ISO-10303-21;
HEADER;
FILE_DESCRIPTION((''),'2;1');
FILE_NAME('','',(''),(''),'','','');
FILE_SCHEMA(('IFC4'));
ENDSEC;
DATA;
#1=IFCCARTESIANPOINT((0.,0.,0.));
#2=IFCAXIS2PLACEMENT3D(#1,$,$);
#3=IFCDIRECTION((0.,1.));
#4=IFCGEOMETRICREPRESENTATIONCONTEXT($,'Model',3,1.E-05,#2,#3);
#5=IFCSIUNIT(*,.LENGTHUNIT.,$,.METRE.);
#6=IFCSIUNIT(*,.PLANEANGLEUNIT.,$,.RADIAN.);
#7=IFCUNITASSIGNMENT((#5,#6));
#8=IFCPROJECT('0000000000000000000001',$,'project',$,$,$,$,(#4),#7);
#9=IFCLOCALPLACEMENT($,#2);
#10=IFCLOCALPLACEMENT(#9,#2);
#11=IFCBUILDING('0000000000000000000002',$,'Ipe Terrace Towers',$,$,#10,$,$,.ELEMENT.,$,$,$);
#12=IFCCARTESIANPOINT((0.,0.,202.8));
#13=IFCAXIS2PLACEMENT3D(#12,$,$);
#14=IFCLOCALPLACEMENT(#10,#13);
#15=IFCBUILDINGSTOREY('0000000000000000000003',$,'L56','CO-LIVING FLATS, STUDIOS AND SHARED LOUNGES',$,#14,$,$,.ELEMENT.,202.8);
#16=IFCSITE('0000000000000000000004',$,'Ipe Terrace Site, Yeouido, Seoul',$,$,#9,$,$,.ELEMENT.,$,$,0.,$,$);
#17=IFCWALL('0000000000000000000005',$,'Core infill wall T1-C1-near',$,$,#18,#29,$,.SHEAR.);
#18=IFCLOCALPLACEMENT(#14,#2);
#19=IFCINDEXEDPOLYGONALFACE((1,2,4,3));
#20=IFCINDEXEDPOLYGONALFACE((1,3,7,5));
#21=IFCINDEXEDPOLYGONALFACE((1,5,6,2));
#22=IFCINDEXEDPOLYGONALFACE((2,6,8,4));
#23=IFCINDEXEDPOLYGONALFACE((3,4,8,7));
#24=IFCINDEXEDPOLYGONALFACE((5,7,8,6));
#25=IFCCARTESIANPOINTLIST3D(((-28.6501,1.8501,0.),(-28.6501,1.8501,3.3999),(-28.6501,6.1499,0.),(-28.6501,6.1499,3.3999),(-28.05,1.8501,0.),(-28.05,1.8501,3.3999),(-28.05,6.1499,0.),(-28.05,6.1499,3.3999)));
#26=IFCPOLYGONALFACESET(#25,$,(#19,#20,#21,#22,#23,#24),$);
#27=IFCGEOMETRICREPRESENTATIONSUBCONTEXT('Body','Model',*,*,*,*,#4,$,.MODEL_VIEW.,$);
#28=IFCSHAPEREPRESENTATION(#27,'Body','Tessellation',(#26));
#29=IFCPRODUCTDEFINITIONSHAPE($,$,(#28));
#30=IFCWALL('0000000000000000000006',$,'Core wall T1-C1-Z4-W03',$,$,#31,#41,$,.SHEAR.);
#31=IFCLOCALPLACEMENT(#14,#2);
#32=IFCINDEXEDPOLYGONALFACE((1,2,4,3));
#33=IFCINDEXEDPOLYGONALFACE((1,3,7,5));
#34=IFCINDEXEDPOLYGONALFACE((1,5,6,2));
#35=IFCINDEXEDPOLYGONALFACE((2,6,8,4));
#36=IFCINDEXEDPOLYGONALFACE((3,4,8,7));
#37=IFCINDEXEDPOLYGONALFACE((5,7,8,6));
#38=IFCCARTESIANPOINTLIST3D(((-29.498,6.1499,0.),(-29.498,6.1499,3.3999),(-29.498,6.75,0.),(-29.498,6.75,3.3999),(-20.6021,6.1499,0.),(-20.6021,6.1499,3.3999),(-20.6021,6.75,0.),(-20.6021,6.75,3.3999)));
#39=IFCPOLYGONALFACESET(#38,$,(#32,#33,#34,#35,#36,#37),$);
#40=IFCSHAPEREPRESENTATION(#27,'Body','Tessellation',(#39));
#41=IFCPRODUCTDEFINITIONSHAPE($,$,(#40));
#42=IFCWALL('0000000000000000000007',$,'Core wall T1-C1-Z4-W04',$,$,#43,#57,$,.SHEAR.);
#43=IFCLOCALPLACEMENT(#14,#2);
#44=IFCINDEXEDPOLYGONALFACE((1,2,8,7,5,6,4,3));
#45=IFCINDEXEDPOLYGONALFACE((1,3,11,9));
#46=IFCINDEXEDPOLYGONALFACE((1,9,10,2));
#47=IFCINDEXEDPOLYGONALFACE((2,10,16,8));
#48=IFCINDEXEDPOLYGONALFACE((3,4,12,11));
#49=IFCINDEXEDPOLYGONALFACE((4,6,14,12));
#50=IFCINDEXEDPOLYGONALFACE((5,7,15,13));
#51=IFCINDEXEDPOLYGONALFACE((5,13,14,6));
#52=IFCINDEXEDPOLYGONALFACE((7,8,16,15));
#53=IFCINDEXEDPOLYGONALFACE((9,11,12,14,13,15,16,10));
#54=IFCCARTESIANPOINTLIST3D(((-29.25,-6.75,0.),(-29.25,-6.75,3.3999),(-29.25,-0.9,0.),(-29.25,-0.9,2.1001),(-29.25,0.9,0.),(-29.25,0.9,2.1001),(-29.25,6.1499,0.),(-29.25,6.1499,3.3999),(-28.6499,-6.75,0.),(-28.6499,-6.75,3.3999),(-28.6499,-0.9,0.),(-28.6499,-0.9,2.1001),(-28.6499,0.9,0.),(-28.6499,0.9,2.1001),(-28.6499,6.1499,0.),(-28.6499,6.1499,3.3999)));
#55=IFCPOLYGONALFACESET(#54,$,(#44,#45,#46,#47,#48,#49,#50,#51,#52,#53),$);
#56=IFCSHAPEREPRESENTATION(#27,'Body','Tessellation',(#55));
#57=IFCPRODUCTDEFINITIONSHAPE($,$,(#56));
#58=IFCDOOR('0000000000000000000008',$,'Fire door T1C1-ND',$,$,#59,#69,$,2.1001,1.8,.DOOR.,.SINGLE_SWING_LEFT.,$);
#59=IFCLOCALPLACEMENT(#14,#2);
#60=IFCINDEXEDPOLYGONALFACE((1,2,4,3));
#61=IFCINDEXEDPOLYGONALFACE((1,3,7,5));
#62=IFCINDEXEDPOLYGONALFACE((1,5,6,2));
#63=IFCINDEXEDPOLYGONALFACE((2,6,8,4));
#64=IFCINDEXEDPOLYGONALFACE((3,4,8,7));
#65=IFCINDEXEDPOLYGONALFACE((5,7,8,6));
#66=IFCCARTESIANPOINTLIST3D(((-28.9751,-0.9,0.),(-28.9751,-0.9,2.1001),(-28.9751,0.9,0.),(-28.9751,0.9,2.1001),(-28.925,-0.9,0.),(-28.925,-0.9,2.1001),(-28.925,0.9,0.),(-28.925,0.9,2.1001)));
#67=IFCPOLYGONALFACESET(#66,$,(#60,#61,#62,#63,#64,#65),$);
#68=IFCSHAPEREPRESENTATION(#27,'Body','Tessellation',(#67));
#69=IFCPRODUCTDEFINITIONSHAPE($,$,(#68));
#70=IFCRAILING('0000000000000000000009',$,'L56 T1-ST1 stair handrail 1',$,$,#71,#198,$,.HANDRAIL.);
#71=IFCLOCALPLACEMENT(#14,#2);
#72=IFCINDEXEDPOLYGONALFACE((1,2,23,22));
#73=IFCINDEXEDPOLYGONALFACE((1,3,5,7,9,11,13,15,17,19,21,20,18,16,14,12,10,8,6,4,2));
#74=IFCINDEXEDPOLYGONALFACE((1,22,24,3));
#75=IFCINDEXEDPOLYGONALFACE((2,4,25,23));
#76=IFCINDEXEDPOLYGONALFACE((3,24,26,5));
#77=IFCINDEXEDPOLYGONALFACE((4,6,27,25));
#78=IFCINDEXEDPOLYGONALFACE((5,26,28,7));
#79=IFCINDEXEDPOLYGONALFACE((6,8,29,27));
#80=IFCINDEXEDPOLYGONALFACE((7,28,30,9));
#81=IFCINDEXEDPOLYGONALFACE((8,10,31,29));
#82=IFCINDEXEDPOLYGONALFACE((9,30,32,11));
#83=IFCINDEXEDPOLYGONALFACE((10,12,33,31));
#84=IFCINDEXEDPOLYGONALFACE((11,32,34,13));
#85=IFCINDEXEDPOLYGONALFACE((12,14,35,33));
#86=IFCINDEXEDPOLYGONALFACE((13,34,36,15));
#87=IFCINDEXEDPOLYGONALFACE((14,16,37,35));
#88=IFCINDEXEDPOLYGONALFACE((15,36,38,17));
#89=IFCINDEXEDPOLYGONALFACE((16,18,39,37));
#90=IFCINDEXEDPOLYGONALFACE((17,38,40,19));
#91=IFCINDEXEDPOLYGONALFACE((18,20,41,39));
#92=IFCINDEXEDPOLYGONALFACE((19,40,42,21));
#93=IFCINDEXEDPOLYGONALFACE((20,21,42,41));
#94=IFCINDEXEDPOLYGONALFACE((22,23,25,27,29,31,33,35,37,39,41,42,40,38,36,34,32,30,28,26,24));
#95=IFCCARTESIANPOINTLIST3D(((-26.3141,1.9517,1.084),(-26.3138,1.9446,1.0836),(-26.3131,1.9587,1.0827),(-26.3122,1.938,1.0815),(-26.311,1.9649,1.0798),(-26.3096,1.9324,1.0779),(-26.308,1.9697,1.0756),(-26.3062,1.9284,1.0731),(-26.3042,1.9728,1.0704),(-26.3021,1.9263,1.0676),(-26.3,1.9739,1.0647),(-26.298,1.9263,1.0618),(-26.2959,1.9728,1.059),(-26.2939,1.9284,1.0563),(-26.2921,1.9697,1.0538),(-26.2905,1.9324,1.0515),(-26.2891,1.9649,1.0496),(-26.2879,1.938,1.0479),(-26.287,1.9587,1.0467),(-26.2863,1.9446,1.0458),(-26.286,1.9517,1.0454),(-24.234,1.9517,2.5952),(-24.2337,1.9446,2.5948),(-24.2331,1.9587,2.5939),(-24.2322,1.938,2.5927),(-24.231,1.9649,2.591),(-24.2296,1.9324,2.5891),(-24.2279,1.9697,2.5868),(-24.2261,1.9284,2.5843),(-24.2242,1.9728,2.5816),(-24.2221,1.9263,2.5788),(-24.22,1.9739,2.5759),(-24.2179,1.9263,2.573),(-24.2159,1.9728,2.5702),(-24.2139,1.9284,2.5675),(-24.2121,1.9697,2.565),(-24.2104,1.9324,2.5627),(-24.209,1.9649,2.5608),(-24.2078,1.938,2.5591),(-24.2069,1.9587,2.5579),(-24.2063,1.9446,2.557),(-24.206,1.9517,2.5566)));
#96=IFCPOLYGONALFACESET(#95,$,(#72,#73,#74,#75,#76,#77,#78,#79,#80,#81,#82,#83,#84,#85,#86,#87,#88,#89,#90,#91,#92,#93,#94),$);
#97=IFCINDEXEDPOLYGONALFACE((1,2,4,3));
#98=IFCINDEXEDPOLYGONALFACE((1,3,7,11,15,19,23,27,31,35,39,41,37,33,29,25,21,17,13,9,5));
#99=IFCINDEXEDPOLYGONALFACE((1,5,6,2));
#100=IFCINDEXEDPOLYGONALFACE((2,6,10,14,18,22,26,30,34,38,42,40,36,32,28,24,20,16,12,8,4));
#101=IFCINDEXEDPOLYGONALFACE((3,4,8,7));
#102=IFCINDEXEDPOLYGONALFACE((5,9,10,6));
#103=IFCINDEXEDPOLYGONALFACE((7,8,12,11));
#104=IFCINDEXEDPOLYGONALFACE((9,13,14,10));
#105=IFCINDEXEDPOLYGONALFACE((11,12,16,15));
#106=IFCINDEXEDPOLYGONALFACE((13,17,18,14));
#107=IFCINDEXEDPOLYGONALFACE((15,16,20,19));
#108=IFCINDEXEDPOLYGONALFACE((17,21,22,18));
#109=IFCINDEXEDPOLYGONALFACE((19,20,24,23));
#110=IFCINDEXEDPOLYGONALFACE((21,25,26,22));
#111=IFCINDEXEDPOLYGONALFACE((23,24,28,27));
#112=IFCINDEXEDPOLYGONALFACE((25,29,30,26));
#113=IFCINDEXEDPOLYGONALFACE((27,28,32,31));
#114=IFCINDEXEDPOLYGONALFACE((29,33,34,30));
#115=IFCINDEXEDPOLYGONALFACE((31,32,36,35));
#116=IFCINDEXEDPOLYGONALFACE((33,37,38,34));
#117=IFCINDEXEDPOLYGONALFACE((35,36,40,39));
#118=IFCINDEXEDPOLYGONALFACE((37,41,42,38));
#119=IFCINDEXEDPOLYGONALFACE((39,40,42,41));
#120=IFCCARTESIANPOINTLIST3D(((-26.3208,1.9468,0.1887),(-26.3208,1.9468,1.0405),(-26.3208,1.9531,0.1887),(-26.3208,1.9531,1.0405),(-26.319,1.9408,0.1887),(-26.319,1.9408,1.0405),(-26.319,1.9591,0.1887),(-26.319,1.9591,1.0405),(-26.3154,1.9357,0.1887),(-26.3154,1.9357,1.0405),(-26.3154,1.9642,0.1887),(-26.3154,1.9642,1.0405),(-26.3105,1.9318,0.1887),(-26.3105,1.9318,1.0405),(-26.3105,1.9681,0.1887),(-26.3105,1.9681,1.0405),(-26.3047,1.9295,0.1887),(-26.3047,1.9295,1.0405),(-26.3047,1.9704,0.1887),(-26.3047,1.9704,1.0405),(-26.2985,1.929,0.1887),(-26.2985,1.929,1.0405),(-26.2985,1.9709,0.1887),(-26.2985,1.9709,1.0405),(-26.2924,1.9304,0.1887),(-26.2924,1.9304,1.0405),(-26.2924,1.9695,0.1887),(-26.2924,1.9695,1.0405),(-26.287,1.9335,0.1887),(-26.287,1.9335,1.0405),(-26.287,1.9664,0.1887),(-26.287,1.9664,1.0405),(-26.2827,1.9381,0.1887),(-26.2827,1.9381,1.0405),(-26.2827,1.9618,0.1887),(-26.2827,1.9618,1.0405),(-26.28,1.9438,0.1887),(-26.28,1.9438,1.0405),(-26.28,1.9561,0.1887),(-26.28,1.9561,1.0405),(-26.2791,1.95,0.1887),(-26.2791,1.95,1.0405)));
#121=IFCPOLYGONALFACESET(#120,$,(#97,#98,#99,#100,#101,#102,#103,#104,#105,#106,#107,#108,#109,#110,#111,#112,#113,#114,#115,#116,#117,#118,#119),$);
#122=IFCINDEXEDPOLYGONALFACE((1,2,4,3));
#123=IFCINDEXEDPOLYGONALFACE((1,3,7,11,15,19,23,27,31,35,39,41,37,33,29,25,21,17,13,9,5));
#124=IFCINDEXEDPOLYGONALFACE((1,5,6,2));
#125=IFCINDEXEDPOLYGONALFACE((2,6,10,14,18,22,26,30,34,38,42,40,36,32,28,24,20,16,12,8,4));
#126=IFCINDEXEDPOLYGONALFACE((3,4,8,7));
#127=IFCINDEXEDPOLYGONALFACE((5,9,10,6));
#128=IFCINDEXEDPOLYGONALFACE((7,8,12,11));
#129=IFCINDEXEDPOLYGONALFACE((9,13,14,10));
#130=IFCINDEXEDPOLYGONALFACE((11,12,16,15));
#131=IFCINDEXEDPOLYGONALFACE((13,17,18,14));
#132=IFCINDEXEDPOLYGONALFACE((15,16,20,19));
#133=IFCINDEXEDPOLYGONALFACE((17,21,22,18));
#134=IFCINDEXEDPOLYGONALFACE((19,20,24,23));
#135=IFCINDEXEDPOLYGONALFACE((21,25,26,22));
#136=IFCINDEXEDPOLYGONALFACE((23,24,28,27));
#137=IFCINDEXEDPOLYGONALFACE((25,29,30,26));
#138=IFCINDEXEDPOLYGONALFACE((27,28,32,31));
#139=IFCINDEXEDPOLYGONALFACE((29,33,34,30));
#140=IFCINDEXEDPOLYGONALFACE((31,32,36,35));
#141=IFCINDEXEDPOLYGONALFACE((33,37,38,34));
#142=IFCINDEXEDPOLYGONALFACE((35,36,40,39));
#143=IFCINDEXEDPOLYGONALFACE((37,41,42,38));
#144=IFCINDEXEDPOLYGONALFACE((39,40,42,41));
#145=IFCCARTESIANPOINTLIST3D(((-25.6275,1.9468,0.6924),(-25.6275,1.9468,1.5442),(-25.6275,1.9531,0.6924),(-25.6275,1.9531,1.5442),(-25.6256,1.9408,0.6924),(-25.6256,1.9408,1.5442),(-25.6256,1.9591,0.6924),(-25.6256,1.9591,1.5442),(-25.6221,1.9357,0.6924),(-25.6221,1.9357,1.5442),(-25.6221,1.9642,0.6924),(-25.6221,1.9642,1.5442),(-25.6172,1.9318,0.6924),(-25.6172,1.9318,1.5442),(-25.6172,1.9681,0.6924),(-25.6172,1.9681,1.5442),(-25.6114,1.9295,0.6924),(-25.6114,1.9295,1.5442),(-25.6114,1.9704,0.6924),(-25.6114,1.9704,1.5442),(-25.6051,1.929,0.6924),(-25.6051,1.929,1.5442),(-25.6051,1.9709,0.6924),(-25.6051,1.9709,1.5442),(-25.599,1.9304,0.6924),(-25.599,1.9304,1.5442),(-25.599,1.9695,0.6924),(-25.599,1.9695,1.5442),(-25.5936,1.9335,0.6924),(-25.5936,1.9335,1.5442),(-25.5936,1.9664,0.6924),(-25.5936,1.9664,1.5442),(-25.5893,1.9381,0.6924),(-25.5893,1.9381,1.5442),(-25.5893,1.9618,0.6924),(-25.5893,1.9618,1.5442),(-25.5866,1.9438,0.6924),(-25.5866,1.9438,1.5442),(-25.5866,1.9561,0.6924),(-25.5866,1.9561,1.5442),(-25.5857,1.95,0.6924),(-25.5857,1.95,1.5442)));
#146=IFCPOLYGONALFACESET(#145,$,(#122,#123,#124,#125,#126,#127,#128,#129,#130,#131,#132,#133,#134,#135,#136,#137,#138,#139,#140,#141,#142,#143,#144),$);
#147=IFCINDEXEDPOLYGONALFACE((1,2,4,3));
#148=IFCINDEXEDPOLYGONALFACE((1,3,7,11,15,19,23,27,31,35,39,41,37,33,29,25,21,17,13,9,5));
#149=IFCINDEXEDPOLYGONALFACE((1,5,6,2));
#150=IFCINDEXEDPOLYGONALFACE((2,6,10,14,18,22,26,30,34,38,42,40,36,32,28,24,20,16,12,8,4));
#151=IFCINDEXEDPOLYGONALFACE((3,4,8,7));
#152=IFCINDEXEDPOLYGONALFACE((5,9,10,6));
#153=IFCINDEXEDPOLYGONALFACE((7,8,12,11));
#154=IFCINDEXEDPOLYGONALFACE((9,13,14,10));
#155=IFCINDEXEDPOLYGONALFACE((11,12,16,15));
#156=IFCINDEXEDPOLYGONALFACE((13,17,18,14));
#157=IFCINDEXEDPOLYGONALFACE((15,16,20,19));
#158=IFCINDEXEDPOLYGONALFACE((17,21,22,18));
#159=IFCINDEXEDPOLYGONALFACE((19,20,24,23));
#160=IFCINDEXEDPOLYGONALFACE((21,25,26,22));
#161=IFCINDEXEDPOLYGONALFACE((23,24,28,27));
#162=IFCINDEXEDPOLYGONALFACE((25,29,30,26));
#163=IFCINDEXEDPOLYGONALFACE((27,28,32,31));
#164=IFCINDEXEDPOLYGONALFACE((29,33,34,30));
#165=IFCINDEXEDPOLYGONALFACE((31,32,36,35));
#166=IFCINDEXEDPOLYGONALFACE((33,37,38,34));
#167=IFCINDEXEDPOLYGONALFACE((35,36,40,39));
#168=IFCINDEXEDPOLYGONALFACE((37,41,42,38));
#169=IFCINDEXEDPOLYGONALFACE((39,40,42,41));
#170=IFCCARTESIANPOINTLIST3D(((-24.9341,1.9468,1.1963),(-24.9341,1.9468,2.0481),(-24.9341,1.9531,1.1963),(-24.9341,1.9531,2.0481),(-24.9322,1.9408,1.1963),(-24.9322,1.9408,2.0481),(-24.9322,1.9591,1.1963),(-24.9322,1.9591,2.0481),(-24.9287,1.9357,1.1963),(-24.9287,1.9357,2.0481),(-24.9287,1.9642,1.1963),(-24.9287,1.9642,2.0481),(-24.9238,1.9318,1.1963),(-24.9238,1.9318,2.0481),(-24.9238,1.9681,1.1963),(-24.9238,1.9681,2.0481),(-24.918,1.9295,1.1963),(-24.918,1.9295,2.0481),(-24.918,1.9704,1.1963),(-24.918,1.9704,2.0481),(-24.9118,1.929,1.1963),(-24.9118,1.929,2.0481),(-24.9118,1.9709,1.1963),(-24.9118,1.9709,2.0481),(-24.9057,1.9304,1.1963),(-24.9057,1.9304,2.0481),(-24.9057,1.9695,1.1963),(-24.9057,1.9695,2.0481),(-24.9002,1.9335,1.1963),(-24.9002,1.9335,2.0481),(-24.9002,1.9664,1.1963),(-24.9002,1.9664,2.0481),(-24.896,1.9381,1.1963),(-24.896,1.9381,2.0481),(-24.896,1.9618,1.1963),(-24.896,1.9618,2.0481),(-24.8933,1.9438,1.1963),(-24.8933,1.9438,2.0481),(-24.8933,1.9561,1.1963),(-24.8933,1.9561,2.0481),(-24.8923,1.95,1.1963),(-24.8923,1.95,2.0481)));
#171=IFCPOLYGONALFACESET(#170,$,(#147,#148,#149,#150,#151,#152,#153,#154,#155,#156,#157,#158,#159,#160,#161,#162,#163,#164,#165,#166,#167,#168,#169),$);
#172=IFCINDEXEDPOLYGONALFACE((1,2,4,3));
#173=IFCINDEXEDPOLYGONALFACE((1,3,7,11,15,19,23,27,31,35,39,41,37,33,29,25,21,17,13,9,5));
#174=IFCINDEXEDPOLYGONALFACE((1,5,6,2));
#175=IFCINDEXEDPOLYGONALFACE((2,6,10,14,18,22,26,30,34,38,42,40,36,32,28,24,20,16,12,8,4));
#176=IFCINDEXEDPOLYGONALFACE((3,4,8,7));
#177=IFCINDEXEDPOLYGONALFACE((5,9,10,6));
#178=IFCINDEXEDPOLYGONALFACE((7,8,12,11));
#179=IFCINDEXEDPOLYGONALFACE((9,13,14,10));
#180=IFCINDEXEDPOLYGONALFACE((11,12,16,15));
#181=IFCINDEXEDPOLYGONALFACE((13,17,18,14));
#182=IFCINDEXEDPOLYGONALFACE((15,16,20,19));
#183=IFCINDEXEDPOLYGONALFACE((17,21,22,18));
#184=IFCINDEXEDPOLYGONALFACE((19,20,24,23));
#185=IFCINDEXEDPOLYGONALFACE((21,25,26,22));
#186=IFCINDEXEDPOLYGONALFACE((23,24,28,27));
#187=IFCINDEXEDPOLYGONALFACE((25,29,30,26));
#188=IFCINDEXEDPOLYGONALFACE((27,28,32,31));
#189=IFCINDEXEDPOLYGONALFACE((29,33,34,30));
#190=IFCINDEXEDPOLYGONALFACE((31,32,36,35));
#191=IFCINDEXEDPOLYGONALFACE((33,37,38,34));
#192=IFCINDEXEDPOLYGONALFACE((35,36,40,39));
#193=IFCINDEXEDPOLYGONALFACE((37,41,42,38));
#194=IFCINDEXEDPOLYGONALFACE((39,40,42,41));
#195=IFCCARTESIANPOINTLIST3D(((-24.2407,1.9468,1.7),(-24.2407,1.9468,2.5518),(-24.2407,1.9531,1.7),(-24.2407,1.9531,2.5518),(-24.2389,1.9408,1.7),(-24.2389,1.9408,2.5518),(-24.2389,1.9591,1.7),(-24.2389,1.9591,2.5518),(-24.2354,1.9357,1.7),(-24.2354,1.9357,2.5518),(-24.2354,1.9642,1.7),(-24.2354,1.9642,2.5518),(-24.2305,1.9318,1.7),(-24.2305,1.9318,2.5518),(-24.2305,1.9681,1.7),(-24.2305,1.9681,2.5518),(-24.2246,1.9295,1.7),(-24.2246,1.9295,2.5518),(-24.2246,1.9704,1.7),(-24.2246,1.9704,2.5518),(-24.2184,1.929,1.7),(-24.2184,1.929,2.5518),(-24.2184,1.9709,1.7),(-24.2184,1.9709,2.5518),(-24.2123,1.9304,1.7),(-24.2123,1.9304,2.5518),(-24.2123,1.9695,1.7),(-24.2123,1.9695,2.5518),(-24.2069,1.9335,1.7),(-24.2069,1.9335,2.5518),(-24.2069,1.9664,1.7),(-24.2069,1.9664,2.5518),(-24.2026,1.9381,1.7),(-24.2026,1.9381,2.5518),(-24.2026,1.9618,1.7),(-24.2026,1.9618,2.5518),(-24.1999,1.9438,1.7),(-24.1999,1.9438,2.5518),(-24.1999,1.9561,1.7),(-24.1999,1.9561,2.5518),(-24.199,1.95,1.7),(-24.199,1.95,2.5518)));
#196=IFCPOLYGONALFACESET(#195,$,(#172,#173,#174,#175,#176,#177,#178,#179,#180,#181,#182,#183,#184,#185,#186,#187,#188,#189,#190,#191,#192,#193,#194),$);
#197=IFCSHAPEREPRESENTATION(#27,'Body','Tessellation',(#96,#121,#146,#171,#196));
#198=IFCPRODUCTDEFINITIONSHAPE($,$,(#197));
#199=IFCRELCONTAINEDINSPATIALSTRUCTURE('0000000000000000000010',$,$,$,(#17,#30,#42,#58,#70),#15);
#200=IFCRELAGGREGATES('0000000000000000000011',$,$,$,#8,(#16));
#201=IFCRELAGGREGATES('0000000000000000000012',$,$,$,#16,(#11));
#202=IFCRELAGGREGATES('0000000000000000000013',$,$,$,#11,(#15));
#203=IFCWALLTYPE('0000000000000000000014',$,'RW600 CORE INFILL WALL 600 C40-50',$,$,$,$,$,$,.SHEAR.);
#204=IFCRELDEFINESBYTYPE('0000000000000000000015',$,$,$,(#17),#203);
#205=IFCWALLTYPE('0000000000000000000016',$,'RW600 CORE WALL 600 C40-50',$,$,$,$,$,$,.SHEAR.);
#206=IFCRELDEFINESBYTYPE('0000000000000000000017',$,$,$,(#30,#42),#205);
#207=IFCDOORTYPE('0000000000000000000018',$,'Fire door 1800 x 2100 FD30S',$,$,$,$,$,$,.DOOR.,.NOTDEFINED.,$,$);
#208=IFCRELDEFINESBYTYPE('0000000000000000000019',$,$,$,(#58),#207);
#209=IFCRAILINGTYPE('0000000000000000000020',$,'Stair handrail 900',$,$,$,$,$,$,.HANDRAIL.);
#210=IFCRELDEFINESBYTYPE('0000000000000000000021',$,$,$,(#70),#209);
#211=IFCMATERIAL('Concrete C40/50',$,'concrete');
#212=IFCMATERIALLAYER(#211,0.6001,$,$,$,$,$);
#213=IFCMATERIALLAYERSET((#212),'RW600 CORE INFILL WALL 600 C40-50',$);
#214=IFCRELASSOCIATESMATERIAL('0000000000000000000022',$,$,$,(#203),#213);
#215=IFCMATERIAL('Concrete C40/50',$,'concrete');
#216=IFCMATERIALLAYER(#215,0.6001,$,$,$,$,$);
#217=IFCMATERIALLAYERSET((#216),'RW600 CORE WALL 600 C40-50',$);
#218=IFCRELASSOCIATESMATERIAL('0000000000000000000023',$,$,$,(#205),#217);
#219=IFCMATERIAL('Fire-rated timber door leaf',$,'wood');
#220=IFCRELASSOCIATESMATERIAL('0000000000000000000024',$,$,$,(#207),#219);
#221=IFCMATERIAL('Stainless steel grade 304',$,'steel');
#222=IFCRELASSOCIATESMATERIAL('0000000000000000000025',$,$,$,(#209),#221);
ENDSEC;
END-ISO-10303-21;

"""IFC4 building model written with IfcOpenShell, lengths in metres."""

from ifc_helpers import new_model, si_unit, direction, frame, frame_2d, origin, origin_2d, place, context, subcontext, project, spatial, rectangle, circle, extrude, material, layer, layer_set, type_object, element, fill, save


model = new_model("IFC4")

# Units and contexts
model_context = context("Model", 3, precision=1e-05, world=origin(), true_north=direction((0.0, 1.0)))
body_context = subcontext(model_context, "Body", "Model", "MODEL_VIEW")
ifc_project = project(units=[si_unit("LENGTHUNIT", "METRE"), si_unit("PLANEANGLEUNIT", "RADIAN")], contexts=[model_context])

# Site, building, storey
site_placement = place(None, origin())
site = spatial("IfcSite", under=ifc_project, at=site_placement, Name="Ipe Terrace Site, Yeouido, Seoul", CompositionType="ELEMENT", RefElevation=0.0)
building_placement = place(site_placement, origin())
building = spatial("IfcBuilding", under=site, at=building_placement, Name="Ipe Terrace Towers", CompositionType="ELEMENT")
storey_placement = place(building_placement, frame((0.0, 0.0, 202.8)))
storey = spatial("IfcBuildingStorey", under=building, at=storey_placement, Name="L56", Description="CO-LIVING FLATS, STUDIOS AND SHARED LOUNGES", CompositionType="ELEMENT", Elevation=202.8)

# Walls
ifc_material_1 = material(Name="Concrete C40/50", Category="concrete")
ifc_layer_1 = layer(ifc_material_1, 0.6001)
ifc_layer_set_1 = layer_set([ifc_layer_1], Name="RW600 CORE INFILL WALL 600 C40-50")
wall_type_1 = type_object("IfcWallType", Name="RW600 CORE INFILL WALL 600 C40-50", PredefinedType="SHEAR", material=ifc_layer_set_1)
wall_1_placement = place(storey_placement, frame((-28.3501, 1.8501, 0.0), z_axis=(0.0, 0.0, 1.0), x_axis=(0.0, 1.0, 0.0)))
element("IfcWall", 1, at=wall_1_placement, inside=storey, type_object=wall_type_1, Name="Core infill wall T1-C1-near", PredefinedType="SHEAR", context=body_context, shape_type="SweptSolid", body=[
    extrude(rectangle(XDim=4.2998, YDim=0.6001, at=frame_2d((2.1499, 0.0))), origin(), (0.0, 0.0, 1.0), 3.3999),
])
ifc_material_2 = material(Name="Concrete C40/50", Category="concrete")
ifc_layer_2 = layer(ifc_material_2, 0.6001)
ifc_layer_set_2 = layer_set([ifc_layer_2], Name="RW600 CORE WALL 600 C40-50")
wall_type_2 = type_object("IfcWallType", Name="RW600 CORE WALL 600 C40-50", PredefinedType="SHEAR", material=ifc_layer_set_2)
wall_2_placement = place(storey_placement, frame((-20.6021, 6.45, 0.0), z_axis=(0.0, 0.0, 1.0), x_axis=(-1.0, 0.0, 0.0)))
element("IfcWall", 2, at=wall_2_placement, inside=storey, type_object=wall_type_2, Name="Core wall T1-C1-Z4-W03", PredefinedType="SHEAR", context=body_context, shape_type="SweptSolid", body=[
    extrude(rectangle(XDim=8.896, YDim=0.6001, at=frame_2d((4.448, 0.0))), origin(), (0.0, 0.0, 1.0), 3.3999),
])

# Wall, opening, door
wall_3_placement = place(storey_placement, frame((-28.95, 6.1499, 0.0), z_axis=(0.0, 0.0, 1.0), x_axis=(0.0, -1.0, 0.0)))
wall_3 = element("IfcWall", 3, at=wall_3_placement, inside=storey, type_object=wall_type_2, Name="Core wall T1-C1-Z4-W04", PredefinedType="SHEAR", context=body_context, shape_type="SweptSolid", body=[
    extrude(rectangle(XDim=12.8999, YDim=0.6001, at=frame_2d((6.45, 0.0))), origin(), (0.0, 0.0, 1.0), 3.3999),
])
opening_1_placement = place(wall_3_placement, frame((5.25, 0.0, 0.0)))
opening_1 = element("IfcOpeningElement", 4, at=opening_1_placement, cuts=wall_3, PredefinedType="OPENING", context=body_context, shape_type="SweptSolid", body=[
    extrude(rectangle(XDim=1.8, YDim=2.1001, at=frame_2d((0.8999, 1.05))), frame((0.0, 0.3101, 0.0), z_axis=(0.0, -1.0, 0.0), x_axis=(1.0, 0.0, 0.0)), (0.0, 0.0, 1.0), 0.6201),
])
ifc_material_3 = material(Name="Fire-rated timber door leaf", Category="wood")
door_type_1 = type_object("IfcDoorType", Name="Fire door 1800 x 2100 FD30S", OperationType="NOTDEFINED", PredefinedType="DOOR", material=ifc_material_3)
door_1_placement = place(opening_1_placement, origin())
door_1 = element("IfcDoor", 5, at=door_1_placement, inside=storey, type_object=door_type_1, Name="Fire door T1C1-ND", OperationType="SINGLE_SWING_LEFT", OverallHeight=2.1001, OverallWidth=1.8, PredefinedType="DOOR", context=body_context, shape_type="SweptSolid", body=[
    extrude(rectangle(XDim=1.8, YDim=2.1001, at=frame_2d((0.8999, 1.05))), frame((0.0, 0.0249, 0.0), z_axis=(0.0, -1.0, 0.0), x_axis=(1.0, 0.0, 0.0)), (0.0, 0.0, 1.0), 0.05),
])
fill(opening_1, door_1)

# Railing
ifc_material_4 = material(Name="Stainless steel grade 304", Category="steel")
railing_type_1 = type_object("IfcRailingType", Name="Stair handrail 900", PredefinedType="HANDRAIL", material=ifc_material_4)
railing_1_placement = place(storey_placement, frame((-26.3, 1.95, 0.1887)))
element("IfcRailing", 6, at=railing_1_placement, inside=storey, type_object=railing_type_1, Name="L56 T1-ST1 stair handrail 1", PredefinedType="HANDRAIL", context=body_context, shape_type="SweptSolid", body=[
    extrude(circle(Radius=0.0239, at=origin_2d()), frame((0.0, 0.0, 0.876), z_axis=(0.809023, 0.0, 0.587776), x_axis=(0.0, 1.0, 0.0)), (0.0, 0.0, 1.0), 2.571),
    extrude(circle(Radius=0.021, at=origin_2d()), origin(), (0.0, 0.0, 1.0), 0.8518),
    extrude(circle(Radius=0.021, at=origin_2d()), frame((0.6934, 0.0, 0.5037)), (0.0, 0.0, 1.0), 0.8518),
    extrude(circle(Radius=0.021, at=origin_2d()), frame((1.3867, 0.0, 1.0076)), (0.0, 0.0, 1.0), 0.8518),
    extrude(circle(Radius=0.021, at=origin_2d()), frame((2.0801, 0.0, 1.5112)), (0.0, 0.0, 1.0), 0.8518),
])

save(model, "model.ifc")
